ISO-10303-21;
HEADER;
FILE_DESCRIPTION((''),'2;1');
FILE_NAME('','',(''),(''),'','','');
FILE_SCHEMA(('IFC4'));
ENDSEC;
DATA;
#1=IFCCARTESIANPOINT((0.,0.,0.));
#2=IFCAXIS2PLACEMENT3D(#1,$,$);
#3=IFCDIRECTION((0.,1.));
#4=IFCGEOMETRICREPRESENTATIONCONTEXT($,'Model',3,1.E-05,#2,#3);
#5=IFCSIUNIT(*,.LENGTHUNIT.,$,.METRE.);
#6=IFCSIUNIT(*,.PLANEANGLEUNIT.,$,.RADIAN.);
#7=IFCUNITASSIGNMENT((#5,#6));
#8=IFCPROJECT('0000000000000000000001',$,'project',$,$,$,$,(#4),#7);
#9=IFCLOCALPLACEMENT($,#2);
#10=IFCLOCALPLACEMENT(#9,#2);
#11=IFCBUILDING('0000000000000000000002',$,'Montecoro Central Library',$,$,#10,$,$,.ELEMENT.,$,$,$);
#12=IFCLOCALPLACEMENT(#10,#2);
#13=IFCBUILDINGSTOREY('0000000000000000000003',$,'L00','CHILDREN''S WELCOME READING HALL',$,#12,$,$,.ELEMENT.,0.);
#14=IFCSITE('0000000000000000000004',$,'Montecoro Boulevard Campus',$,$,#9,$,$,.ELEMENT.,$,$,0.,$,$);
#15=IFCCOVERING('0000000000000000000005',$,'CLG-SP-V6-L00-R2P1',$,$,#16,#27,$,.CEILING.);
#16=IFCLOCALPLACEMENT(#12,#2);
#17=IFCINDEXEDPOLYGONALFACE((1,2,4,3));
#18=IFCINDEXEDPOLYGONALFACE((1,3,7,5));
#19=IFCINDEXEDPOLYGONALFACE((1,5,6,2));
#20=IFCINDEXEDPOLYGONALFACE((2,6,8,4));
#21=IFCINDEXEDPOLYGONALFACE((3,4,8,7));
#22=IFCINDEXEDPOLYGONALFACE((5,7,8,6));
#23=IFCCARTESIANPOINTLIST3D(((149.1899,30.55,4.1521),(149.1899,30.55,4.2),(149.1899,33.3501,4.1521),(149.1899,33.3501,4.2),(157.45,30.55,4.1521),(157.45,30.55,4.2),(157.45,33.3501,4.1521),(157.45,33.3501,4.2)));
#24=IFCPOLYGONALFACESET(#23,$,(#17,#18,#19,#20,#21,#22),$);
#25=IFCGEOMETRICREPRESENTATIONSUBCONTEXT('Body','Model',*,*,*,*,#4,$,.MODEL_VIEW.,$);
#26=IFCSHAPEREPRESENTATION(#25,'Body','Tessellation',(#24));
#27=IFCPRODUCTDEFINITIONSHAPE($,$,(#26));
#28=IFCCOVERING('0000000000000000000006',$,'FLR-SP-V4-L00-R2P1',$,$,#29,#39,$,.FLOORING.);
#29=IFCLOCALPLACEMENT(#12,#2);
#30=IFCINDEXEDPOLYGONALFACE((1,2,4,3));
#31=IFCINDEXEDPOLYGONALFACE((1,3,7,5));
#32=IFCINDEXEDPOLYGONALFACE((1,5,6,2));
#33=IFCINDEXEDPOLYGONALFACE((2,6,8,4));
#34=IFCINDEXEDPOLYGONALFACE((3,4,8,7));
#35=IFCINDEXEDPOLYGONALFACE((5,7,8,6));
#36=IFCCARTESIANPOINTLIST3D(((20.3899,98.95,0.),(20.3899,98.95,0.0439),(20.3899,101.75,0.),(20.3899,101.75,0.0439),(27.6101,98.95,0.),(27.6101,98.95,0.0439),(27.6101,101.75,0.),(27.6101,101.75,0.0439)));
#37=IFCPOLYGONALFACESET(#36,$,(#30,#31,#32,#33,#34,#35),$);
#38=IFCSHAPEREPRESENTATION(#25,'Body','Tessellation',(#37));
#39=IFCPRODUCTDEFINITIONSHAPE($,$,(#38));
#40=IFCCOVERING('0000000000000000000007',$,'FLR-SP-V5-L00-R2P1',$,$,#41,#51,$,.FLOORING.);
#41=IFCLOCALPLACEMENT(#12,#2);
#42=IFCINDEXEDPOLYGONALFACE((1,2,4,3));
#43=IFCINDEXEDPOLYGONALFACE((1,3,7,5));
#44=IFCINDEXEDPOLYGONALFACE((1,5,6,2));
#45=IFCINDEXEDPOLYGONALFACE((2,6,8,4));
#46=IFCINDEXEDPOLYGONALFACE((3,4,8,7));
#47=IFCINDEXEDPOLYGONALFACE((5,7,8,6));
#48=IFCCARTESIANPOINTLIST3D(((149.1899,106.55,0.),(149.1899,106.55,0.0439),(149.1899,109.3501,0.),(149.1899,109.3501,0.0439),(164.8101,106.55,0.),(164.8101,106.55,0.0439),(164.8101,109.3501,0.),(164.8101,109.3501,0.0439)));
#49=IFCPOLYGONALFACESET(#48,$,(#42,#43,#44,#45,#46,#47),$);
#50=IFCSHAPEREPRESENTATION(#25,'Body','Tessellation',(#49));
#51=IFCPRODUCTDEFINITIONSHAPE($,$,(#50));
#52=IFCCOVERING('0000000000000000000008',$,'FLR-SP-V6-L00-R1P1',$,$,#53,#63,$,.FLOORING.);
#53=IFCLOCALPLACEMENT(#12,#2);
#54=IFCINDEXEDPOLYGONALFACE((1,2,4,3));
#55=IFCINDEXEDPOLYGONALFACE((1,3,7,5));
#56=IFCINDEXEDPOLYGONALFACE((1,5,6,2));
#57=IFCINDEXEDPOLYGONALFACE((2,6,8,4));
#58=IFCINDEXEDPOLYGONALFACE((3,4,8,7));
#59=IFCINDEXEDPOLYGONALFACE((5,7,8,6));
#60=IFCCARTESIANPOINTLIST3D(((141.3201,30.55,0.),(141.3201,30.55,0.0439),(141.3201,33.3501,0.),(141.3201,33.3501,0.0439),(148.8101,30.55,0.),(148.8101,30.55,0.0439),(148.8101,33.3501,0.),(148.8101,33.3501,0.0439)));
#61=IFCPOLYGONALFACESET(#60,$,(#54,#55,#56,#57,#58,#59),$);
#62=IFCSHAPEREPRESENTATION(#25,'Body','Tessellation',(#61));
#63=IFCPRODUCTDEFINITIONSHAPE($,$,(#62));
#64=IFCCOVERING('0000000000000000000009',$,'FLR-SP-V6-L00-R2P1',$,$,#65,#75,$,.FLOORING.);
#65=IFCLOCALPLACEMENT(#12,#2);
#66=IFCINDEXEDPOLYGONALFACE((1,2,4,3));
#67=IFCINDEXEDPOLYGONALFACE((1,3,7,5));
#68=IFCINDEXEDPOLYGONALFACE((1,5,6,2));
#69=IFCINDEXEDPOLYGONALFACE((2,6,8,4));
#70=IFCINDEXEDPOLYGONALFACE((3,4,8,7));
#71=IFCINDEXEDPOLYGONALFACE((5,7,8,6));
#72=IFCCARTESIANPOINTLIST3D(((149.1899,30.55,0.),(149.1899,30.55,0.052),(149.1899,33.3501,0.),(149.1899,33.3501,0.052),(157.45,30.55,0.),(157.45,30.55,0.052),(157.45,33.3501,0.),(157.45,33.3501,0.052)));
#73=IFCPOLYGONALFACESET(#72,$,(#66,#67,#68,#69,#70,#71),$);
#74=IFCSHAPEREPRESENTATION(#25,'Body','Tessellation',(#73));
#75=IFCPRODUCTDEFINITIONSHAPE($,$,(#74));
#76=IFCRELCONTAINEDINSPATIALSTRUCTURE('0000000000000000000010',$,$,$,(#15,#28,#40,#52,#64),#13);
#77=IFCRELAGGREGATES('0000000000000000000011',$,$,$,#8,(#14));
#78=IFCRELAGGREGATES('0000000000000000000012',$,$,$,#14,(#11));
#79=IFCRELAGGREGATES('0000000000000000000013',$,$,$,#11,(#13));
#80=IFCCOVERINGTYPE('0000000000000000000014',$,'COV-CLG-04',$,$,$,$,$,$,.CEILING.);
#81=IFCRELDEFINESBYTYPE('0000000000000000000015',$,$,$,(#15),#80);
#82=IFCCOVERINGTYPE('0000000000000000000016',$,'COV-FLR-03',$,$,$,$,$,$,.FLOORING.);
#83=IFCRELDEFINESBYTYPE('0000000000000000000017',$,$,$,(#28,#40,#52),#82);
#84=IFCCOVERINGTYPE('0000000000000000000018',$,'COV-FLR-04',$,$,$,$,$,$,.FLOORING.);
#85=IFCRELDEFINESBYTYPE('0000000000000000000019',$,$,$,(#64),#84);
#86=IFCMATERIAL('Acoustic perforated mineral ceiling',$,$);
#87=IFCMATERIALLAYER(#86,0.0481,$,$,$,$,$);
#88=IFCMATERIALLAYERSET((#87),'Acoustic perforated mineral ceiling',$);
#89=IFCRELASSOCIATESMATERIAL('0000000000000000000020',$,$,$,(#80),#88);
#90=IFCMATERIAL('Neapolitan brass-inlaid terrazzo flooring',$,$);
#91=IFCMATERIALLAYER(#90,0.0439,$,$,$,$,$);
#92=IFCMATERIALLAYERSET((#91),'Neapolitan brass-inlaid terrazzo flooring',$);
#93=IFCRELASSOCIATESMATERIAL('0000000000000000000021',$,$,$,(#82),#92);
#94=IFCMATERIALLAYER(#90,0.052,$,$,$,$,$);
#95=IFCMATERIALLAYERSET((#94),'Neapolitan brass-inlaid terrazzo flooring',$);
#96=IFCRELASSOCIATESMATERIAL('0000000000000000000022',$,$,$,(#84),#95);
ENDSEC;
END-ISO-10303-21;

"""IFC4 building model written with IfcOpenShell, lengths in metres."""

from ifc_helpers import new_model, si_unit, direction, frame, origin, place, context, subcontext, project, spatial, polyline, outline, extrude, material, layer, layer_set, type_object, element, save


model = new_model("IFC4")

# Units and contexts
model_context = context("Model", 3, precision=1e-05, world=origin(), true_north=direction((0.0, 1.0)))
body_context = subcontext(model_context, "Body", "Model", "MODEL_VIEW")
ifc_project = project(units=[si_unit("LENGTHUNIT", "METRE"), si_unit("PLANEANGLEUNIT", "RADIAN")], contexts=[model_context])

# Site, building, storey
site_placement = place(None, origin())
site = spatial("IfcSite", under=ifc_project, at=site_placement, Name="Montecoro Boulevard Campus", CompositionType="ELEMENT", RefElevation=0.0)
building_placement = place(site_placement, origin())
building = spatial("IfcBuilding", under=site, at=building_placement, Name="Montecoro Central Library", CompositionType="ELEMENT")
storey_placement = place(building_placement, origin())
storey = spatial("IfcBuildingStorey", under=building, at=storey_placement, Name="L00", Description="CHILDREN'S WELCOME READING HALL", CompositionType="ELEMENT", Elevation=0.0)

# Coverings
ifc_material_1 = material(Name="Acoustic perforated mineral ceiling")
ifc_layer_1 = layer(ifc_material_1, 0.0481)
ifc_layer_set_1 = layer_set([ifc_layer_1], Name="Acoustic perforated mineral ceiling")
covering_type_1 = type_object("IfcCoveringType", Name="COV-CLG-04", PredefinedType="CEILING", material=ifc_layer_set_1)
covering_1_placement = place(storey_placement, frame((0.0, 0.0, 4.1521)))
element("IfcCovering", 1, at=covering_1_placement, inside=storey, type_object=covering_type_1, Name="CLG-SP-V6-L00-R2P1", PredefinedType="CEILING", context=body_context, shape_type="SweptSolid", body=[
    extrude(outline(polyline([(149.1899, 30.55), (157.45, 30.55), (157.45, 33.3501), (149.1899, 33.3501), (149.1899, 30.55)])), origin(), (0.0, 0.0, 1.0), 0.0479),
])
ifc_material_2 = material(Name="Neapolitan brass-inlaid terrazzo flooring")
ifc_layer_2 = layer(ifc_material_2, 0.0439)
ifc_layer_set_2 = layer_set([ifc_layer_2], Name="Neapolitan brass-inlaid terrazzo flooring")
covering_type_2 = type_object("IfcCoveringType", Name="COV-FLR-03", PredefinedType="FLOORING", material=ifc_layer_set_2)
covering_2_placement = place(storey_placement, origin())
element("IfcCovering", 2, at=covering_2_placement, inside=storey, type_object=covering_type_2, Name="FLR-SP-V4-L00-R2P1", PredefinedType="FLOORING", context=body_context, shape_type="SweptSolid", body=[
    extrude(outline(polyline([(20.3899, 98.95), (27.6101, 98.95), (27.6101, 101.75), (20.3899, 101.75), (20.3899, 98.95)])), origin(), (0.0, 0.0, 1.0), 0.0439),
])
covering_3_placement = place(storey_placement, origin())
element("IfcCovering", 3, at=covering_3_placement, inside=storey, type_object=covering_type_2, Name="FLR-SP-V5-L00-R2P1", PredefinedType="FLOORING", context=body_context, shape_type="SweptSolid", body=[
    extrude(outline(polyline([(149.1899, 106.55), (164.8101, 106.55), (164.8101, 109.3501), (149.1899, 109.3501), (149.1899, 106.55)])), origin(), (0.0, 0.0, 1.0), 0.0439),
])
covering_4_placement = place(storey_placement, origin())
element("IfcCovering", 4, at=covering_4_placement, inside=storey, type_object=covering_type_2, Name="FLR-SP-V6-L00-R1P1", PredefinedType="FLOORING", context=body_context, shape_type="SweptSolid", body=[
    extrude(outline(polyline([(141.3201, 30.55), (148.8101, 30.55), (148.8101, 33.3501), (141.3201, 33.3501), (141.3201, 30.55)])), origin(), (0.0, 0.0, 1.0), 0.0439),
])
ifc_layer_3 = layer(ifc_material_2, 0.052)
ifc_layer_set_3 = layer_set([ifc_layer_3], Name="Neapolitan brass-inlaid terrazzo flooring")
covering_type_3 = type_object("IfcCoveringType", Name="COV-FLR-04", PredefinedType="FLOORING", material=ifc_layer_set_3)
covering_5_placement = place(storey_placement, origin())
element("IfcCovering", 5, at=covering_5_placement, inside=storey, type_object=covering_type_3, Name="FLR-SP-V6-L00-R2P1", PredefinedType="FLOORING", context=body_context, shape_type="SweptSolid", body=[
    extrude(outline(polyline([(149.1899, 30.55), (157.45, 30.55), (157.45, 33.3501), (149.1899, 33.3501), (149.1899, 30.55)])), origin(), (0.0, 0.0, 1.0), 0.052),
])

save(model, "model.ifc")
